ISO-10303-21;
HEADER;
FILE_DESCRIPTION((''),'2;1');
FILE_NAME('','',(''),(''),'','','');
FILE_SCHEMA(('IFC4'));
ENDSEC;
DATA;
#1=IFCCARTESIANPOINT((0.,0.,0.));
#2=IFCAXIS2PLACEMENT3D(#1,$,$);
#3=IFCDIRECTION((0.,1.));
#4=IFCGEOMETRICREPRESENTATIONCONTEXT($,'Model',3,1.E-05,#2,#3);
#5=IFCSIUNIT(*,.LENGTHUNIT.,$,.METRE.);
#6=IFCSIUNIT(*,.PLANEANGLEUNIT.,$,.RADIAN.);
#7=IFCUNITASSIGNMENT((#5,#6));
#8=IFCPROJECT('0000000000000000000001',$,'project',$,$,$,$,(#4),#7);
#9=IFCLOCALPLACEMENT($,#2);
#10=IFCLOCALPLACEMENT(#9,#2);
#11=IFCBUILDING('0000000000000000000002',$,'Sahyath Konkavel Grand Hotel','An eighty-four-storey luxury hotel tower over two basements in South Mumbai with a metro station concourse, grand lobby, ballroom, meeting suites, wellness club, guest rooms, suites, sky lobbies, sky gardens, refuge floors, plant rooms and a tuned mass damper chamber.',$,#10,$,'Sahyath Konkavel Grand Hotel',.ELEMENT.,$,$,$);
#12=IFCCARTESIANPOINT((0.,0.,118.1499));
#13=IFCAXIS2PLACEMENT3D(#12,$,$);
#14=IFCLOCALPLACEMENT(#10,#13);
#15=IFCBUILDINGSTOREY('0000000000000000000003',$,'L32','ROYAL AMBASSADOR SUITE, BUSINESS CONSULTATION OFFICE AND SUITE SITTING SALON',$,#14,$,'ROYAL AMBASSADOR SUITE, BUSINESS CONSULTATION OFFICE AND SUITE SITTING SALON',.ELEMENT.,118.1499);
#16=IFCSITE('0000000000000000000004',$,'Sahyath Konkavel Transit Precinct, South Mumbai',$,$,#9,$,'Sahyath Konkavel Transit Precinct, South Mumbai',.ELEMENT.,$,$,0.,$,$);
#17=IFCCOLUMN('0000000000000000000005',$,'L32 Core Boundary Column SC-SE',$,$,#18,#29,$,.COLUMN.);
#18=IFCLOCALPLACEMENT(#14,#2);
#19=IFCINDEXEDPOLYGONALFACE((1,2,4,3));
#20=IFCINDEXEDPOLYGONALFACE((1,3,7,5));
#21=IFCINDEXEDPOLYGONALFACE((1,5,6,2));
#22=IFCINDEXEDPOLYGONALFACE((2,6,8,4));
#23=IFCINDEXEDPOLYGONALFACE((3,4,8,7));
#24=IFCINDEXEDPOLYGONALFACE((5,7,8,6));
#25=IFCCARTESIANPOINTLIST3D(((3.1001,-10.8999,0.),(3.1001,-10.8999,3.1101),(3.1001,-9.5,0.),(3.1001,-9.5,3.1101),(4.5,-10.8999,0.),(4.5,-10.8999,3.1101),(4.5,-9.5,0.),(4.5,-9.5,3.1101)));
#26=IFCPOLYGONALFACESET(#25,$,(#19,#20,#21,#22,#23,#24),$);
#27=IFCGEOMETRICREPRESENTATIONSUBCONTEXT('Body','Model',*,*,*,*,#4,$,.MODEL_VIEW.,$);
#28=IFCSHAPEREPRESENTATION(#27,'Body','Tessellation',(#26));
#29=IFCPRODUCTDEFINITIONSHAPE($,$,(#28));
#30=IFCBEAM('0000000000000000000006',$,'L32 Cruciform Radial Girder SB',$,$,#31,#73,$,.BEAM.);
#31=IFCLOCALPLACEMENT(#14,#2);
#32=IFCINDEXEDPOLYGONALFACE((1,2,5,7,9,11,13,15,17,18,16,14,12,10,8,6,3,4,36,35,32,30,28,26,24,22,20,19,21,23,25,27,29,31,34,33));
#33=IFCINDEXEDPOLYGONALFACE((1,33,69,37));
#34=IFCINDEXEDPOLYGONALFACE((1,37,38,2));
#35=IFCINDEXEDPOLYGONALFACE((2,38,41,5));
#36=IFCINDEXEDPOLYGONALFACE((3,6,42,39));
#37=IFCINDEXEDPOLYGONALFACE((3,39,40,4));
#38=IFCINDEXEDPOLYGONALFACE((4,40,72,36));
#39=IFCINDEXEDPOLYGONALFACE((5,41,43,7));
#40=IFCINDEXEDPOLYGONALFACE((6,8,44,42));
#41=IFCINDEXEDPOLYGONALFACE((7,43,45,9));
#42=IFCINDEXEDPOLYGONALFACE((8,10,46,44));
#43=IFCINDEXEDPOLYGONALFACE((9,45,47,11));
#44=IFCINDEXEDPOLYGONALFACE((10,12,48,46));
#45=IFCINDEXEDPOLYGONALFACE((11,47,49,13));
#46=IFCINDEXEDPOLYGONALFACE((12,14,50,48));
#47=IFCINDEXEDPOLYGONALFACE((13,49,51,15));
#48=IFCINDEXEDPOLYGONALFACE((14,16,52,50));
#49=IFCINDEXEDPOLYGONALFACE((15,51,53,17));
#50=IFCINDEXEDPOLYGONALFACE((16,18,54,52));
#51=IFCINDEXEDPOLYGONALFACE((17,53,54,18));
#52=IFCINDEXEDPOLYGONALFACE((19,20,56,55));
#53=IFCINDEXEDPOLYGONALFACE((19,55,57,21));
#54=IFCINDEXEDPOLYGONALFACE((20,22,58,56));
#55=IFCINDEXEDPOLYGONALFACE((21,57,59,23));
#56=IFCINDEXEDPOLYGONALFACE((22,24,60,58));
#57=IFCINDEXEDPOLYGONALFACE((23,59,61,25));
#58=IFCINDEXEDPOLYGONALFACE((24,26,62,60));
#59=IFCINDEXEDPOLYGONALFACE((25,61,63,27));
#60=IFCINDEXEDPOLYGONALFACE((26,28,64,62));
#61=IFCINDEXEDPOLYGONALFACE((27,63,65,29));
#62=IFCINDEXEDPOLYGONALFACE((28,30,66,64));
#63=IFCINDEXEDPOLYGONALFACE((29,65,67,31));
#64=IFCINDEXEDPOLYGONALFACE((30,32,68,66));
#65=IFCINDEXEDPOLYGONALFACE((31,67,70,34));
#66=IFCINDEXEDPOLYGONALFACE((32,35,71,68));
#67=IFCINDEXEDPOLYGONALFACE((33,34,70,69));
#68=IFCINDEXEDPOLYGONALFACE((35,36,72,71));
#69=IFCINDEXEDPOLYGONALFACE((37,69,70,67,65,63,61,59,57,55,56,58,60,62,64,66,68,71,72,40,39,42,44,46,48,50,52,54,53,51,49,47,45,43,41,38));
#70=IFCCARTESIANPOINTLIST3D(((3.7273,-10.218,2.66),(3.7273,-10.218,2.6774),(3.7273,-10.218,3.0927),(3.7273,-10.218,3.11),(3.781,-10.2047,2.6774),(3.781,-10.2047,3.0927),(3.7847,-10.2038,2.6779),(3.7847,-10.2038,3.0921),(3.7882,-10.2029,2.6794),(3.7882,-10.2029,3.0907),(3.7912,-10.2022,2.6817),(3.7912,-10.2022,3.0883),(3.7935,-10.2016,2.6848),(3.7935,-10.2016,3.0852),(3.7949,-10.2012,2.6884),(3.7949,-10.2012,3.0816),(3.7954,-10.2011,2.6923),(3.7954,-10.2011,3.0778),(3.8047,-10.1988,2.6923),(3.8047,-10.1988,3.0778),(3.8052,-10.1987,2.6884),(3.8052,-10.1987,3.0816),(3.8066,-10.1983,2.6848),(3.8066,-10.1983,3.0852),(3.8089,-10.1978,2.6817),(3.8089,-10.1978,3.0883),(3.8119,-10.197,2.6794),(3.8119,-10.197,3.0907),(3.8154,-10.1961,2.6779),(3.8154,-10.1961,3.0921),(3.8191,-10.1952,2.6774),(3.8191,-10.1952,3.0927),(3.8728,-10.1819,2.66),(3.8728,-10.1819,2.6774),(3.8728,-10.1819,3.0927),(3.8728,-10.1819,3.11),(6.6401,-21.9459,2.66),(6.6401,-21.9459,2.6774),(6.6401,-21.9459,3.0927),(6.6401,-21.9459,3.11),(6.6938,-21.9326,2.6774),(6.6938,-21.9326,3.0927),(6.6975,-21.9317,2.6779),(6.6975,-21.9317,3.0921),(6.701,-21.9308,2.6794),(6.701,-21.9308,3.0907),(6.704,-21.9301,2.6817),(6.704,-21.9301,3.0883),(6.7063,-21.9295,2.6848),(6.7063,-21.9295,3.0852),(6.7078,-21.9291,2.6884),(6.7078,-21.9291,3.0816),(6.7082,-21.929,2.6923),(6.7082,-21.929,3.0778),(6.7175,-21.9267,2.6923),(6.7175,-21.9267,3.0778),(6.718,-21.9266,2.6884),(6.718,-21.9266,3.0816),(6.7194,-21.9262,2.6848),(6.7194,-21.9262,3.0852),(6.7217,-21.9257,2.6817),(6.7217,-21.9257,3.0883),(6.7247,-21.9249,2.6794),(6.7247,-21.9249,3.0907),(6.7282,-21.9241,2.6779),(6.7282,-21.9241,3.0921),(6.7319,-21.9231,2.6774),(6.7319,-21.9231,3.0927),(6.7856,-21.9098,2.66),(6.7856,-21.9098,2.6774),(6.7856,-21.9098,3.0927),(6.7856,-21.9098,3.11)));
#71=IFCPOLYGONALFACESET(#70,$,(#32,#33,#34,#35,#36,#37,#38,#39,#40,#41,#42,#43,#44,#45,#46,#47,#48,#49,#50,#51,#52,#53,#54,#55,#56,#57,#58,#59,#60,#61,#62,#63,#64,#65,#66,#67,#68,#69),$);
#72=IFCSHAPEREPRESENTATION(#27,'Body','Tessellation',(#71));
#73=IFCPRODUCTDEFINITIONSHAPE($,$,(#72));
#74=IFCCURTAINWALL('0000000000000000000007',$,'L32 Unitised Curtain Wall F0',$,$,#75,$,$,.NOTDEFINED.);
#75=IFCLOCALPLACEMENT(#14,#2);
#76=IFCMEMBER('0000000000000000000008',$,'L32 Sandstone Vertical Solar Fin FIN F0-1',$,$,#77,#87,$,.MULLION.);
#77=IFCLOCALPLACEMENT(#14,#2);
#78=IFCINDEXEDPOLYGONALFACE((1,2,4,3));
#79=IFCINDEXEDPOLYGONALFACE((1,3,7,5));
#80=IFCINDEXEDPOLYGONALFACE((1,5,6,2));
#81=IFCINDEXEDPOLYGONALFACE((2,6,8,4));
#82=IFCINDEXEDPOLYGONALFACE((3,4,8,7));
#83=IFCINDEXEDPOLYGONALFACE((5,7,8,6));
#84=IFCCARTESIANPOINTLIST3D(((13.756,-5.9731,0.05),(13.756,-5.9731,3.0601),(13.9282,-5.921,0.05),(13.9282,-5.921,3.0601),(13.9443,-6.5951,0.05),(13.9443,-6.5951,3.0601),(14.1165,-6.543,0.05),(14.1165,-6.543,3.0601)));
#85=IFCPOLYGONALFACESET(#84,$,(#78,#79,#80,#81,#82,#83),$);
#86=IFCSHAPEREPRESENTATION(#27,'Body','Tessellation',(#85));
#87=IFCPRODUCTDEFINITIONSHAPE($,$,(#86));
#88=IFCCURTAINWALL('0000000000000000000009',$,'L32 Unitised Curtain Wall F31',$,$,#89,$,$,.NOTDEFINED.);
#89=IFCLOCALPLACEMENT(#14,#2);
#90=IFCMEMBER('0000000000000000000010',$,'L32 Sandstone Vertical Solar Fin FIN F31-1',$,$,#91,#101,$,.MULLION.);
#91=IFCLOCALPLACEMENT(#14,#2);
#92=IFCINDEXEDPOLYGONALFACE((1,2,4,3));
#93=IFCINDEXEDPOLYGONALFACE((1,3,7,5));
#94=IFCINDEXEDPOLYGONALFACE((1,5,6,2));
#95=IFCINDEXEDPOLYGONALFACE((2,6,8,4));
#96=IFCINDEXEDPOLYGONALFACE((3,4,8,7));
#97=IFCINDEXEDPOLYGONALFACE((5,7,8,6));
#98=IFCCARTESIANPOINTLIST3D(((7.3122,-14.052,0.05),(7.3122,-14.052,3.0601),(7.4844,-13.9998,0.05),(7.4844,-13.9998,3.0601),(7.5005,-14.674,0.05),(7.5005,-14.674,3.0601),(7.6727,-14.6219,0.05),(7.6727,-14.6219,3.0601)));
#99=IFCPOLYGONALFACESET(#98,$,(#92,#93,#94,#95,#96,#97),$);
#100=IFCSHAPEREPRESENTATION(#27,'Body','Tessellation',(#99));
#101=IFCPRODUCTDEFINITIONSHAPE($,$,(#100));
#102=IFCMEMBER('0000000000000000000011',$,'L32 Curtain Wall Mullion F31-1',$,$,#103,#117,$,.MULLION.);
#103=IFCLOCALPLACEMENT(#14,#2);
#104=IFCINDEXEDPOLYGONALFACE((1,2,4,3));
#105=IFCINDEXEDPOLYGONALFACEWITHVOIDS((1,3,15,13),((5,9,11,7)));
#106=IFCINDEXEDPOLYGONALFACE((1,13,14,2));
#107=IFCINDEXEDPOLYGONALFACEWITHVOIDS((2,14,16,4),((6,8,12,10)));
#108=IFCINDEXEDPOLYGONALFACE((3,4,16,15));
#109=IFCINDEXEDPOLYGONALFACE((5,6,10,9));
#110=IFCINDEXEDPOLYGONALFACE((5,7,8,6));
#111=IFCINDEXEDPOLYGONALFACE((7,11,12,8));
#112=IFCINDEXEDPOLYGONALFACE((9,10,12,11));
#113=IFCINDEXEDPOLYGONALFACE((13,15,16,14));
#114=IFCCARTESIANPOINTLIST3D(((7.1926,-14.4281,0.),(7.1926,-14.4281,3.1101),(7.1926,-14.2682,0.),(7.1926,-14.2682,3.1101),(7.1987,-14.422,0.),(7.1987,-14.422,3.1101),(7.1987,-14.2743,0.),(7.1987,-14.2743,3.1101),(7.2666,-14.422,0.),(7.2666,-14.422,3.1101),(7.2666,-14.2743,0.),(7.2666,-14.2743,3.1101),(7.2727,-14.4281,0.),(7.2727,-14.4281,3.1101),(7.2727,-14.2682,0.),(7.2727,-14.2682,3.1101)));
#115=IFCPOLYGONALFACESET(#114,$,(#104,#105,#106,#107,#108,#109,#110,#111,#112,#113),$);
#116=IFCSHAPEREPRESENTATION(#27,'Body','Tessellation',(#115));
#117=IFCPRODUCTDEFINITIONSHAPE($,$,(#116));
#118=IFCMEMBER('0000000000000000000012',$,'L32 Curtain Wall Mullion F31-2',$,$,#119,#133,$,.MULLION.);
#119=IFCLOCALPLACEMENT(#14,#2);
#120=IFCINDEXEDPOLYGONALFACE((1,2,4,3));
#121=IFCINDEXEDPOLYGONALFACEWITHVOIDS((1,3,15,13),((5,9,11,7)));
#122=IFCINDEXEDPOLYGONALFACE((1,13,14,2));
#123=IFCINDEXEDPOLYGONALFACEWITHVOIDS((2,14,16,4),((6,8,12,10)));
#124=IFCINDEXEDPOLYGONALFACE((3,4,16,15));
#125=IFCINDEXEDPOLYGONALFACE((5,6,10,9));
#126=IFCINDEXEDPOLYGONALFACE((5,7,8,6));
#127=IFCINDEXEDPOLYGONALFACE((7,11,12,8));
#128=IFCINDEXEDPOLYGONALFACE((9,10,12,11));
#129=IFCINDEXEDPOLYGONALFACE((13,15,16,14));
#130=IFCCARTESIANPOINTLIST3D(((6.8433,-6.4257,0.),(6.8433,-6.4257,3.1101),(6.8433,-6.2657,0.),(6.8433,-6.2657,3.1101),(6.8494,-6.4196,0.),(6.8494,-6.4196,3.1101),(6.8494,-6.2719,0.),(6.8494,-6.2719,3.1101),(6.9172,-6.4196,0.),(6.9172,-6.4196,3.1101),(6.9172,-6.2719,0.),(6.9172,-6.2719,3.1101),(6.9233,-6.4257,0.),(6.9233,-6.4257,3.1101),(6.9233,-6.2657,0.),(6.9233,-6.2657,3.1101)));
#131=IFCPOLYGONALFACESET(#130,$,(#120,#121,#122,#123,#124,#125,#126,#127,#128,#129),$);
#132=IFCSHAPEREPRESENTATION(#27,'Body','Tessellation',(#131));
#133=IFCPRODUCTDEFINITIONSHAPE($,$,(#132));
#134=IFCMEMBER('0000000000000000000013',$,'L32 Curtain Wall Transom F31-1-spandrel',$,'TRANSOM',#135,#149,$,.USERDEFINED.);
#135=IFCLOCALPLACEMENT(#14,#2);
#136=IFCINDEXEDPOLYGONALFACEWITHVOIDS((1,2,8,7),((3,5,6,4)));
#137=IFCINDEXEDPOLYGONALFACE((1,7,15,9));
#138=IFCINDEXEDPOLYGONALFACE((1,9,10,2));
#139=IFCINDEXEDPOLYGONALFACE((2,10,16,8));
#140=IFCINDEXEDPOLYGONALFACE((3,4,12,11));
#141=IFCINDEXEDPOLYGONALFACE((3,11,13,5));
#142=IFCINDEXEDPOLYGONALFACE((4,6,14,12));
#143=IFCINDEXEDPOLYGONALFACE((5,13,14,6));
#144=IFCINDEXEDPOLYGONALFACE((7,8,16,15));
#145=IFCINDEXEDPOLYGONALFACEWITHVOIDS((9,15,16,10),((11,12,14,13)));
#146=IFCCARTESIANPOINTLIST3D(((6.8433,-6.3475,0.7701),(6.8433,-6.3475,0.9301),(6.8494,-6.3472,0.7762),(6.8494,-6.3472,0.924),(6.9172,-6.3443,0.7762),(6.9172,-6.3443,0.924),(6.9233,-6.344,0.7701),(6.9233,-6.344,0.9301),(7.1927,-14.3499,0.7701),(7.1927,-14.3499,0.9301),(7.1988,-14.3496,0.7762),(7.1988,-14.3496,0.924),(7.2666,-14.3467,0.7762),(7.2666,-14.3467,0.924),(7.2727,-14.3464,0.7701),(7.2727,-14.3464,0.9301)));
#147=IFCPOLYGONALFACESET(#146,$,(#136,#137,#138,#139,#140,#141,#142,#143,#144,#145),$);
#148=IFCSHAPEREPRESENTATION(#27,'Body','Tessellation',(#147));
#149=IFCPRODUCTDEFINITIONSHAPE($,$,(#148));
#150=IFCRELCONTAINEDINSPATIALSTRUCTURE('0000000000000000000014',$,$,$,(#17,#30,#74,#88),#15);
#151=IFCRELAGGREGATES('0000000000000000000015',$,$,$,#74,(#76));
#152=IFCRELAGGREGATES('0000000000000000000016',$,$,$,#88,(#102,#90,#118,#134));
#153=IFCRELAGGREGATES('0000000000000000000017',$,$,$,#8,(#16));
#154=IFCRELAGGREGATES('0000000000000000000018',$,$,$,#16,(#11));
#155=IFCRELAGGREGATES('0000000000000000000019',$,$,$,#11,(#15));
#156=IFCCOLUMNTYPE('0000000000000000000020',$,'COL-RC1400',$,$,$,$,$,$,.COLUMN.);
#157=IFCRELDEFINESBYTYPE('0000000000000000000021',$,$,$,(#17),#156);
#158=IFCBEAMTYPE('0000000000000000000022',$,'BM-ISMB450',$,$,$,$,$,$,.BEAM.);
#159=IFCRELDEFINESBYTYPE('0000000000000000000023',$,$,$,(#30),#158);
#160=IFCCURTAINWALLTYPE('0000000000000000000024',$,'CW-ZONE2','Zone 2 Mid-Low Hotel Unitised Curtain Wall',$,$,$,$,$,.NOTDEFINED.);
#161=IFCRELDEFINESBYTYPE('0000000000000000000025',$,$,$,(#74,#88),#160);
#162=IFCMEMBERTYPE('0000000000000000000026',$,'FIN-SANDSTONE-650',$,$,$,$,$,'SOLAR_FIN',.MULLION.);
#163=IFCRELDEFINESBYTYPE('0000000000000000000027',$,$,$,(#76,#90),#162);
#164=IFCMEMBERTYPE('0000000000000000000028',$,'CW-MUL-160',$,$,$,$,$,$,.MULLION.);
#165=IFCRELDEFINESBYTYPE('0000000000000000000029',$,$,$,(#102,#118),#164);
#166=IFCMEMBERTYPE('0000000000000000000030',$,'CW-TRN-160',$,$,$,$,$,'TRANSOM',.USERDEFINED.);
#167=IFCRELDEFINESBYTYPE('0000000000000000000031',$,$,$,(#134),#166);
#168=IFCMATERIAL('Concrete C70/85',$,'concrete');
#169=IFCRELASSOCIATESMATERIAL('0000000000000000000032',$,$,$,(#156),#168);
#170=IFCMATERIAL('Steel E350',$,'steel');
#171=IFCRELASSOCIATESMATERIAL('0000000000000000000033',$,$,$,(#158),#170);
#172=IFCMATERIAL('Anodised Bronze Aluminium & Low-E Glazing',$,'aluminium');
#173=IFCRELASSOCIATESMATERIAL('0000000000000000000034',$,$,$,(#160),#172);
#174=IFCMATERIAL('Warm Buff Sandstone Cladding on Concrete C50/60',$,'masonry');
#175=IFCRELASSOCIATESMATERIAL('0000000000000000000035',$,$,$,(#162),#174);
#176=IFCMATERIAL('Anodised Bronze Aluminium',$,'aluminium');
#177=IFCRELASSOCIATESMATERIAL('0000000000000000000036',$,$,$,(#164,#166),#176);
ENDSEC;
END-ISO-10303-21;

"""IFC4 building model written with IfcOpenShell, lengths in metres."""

from ifc_helpers import new_model, si_unit, direction, frame, origin, origin_2d, place, context, subcontext, project, spatial, rectangle, hollow_rectangle, i_section, extrude, source, transform, mapped, material, material_profile, profile_set, type_object, element, aggregate, save


model = new_model("IFC4")

# Units and contexts
model_context = context("Model", 3, precision=1e-05, world=origin(), true_north=direction((0.0, 1.0)))
body_context = subcontext(model_context, "Body", "Model", "MODEL_VIEW")
ifc_project = project(units=[si_unit("LENGTHUNIT", "METRE"), si_unit("PLANEANGLEUNIT", "RADIAN")], contexts=[model_context])

# Site, building, storey
site_placement = place(None, origin())
site = spatial("IfcSite", under=ifc_project, at=site_placement, Name="Sahyath Konkavel Transit Precinct, South Mumbai", LongName="Sahyath Konkavel Transit Precinct, South Mumbai", CompositionType="ELEMENT", RefElevation=0.0)
building_placement = place(site_placement, origin())
building = spatial("IfcBuilding", under=site, at=building_placement, Name="Sahyath Konkavel Grand Hotel", Description="An eighty-four-storey luxury hotel tower over two basements in South Mumbai with a metro station concourse, grand lobby, ballroom, meeting suites, wellness club, guest rooms, suites, sky lobbies, sky gardens, refuge floors, plant rooms and a tuned mass damper chamber.", LongName="Sahyath Konkavel Grand Hotel", CompositionType="ELEMENT")
storey_placement = place(building_placement, frame((0.0, 0.0, 118.1499)))
storey = spatial("IfcBuildingStorey", under=building, at=storey_placement, Name="L32", Description="ROYAL AMBASSADOR SUITE, BUSINESS CONSULTATION OFFICE AND SUITE SITTING SALON", LongName="ROYAL AMBASSADOR SUITE, BUSINESS CONSULTATION OFFICE AND SUITE SITTING SALON", CompositionType="ELEMENT", Elevation=118.1499)

# Column
ifc_material_1 = material(Name="Concrete C70/85", Category="concrete")
ifc_material_profile_1 = material_profile(ifc_material_1, rectangle(XDim=1.3999, YDim=1.3999, at=origin_2d()), Name="RC 1400x1400")
ifc_profile_set_1 = profile_set([ifc_material_profile_1], Name="Concrete C70/85")
column_type = type_object("IfcColumnType", Name="COL-RC1400", PredefinedType="COLUMN", material=ifc_profile_set_1)
shared_shape_1 = source(origin(), body_context, "Body", "SweptSolid", [
    extrude(rectangle(XDim=1.3999, YDim=1.3999, at=origin_2d()), origin(), (0.0, 0.0, 1.0), 3.1101),
])
column_placement = place(storey_placement, frame((3.8, -10.2, 0.0), z_axis=(0.0, 0.0, 1.0), x_axis=(1.0, 0.0, 0.0)))
element("IfcColumn", 1, at=column_placement, inside=storey, type_object=column_type, Name="L32 Core Boundary Column SC-SE", PredefinedType="COLUMN", context=body_context, shape_type="MappedRepresentation", body=[
    mapped(shared_shape_1, transform((0.0, 0.0, 0.0), scale=1.0)),
])

# Beam
ifc_material_2 = material(Name="Steel E350", Category="steel")
ifc_material_profile_2 = material_profile(ifc_material_2, i_section(OverallWidth=0.1499, OverallDepth=0.45, WebThickness=0.0095, FlangeThickness=0.0173, FilletRadius=0.0149, at=origin_2d()), Name="ISMB 450")
ifc_profile_set_2 = profile_set([ifc_material_profile_2], Name="Steel E350")
beam_type_1 = type_object("IfcBeamType", Name="BM-ISMB450", PredefinedType="BEAM", material=ifc_profile_set_2)
shared_shape_2 = source(origin(), body_context, "Body", "SweptSolid", [
    extrude(i_section(OverallWidth=0.1499, OverallDepth=0.45, WebThickness=0.0095, FlangeThickness=0.0173, FilletRadius=0.0149, at=origin_2d()), origin(), (0.0, 0.0, 1.0), 12.0842),
])
beam_1_placement = place(storey_placement, frame((3.8, -10.2, 2.885), z_axis=(0.241043, -0.970515, 0.0), x_axis=(0.970515, 0.241043, 0.0)))
element("IfcBeam", 2, at=beam_1_placement, inside=storey, type_object=beam_type_1, Name="L32 Cruciform Radial Girder SB", PredefinedType="BEAM", context=body_context, shape_type="MappedRepresentation", body=[
    mapped(shared_shape_2, transform((0.0, 0.0, 0.0), scale=1.0)),
])

# Curtain wall, member
ifc_material_3 = material(Name="Anodised Bronze Aluminium & Low-E Glazing", Category="aluminium")
curtain_wall_type = type_object("IfcCurtainWallType", Name="CW-ZONE2", Description="Zone 2 Mid-Low Hotel Unitised Curtain Wall", PredefinedType="NOTDEFINED", material=ifc_material_3)
curtain_wall_1_placement = place(storey_placement, origin())
curtain_wall_1 = element("IfcCurtainWall", 3, at=curtain_wall_1_placement, inside=storey, type_object=curtain_wall_type, Name="L32 Unitised Curtain Wall F0", PredefinedType="NOTDEFINED")
ifc_material_4 = material(Name="Warm Buff Sandstone Cladding on Concrete C50/60", Category="masonry")
ifc_material_profile_3 = material_profile(ifc_material_4, rectangle(XDim=0.1799, YDim=0.6499, at=origin_2d()), Name="FIN 180x650")
ifc_profile_set_3 = profile_set([ifc_material_profile_3], Name="Warm Buff Sandstone Cladding on Concrete C50/60")
member_type_1 = type_object("IfcMemberType", Name="FIN-SANDSTONE-650", ElementType="SOLAR_FIN", PredefinedType="MULLION", material=ifc_profile_set_3)
shared_shape_3 = source(origin(), body_context, "Body", "SweptSolid", [
    extrude(rectangle(XDim=0.1799, YDim=0.6499, at=origin_2d()), origin(), (0.0, 0.0, 1.0), 3.01),
])
member_1_placement = place(storey_placement, frame((13.9363, -6.2581, 0.05), z_axis=(0.0, 0.0, 1.0), x_axis=(0.957117, 0.2897, 0.0)))
member_1 = element("IfcMember", 4, at=member_1_placement, type_object=member_type_1, Name="L32 Sandstone Vertical Solar Fin FIN F0-1", PredefinedType="MULLION", context=body_context, shape_type="MappedRepresentation", body=[
    mapped(shared_shape_3, transform((0.0, 0.0, 0.0), scale=1.0)),
])
aggregate(curtain_wall_1, [member_1])

# Curtain wall, members
curtain_wall_2_placement = place(storey_placement, origin())
curtain_wall_2 = element("IfcCurtainWall", 5, at=curtain_wall_2_placement, inside=storey, type_object=curtain_wall_type, Name="L32 Unitised Curtain Wall F31", PredefinedType="NOTDEFINED")
member_2_placement = place(storey_placement, frame((7.4924, -14.3369, 0.05), z_axis=(0.0, 0.0, 1.0), x_axis=(0.957117, 0.2897, 0.0)))
member_2 = element("IfcMember", 6, at=member_2_placement, type_object=member_type_1, Name="L32 Sandstone Vertical Solar Fin FIN F31-1", PredefinedType="MULLION", context=body_context, shape_type="MappedRepresentation", body=[
    mapped(shared_shape_3, transform((0.0, 0.0, 0.0), scale=1.0)),
])
ifc_material_5 = material(Name="Anodised Bronze Aluminium", Category="aluminium")
ifc_material_profile_4 = material_profile(ifc_material_5, hollow_rectangle(XDim=0.0801, YDim=0.1599, WallThickness=0.0061, at=origin_2d()), Name="RHS 160x80x6")
ifc_profile_set_4 = profile_set([ifc_material_profile_4], Name="Anodised Bronze Aluminium")
member_type_2 = type_object("IfcMemberType", Name="CW-MUL-160", PredefinedType="MULLION", material=ifc_profile_set_4)
shared_shape_4 = source(origin(), body_context, "Body", "SweptSolid", [
    extrude(hollow_rectangle(XDim=0.0801, YDim=0.1599, WallThickness=0.0061, at=origin_2d()), origin(), (0.0, 0.0, 1.0), 3.1101),
])
member_3_placement = place(storey_placement, frame((7.2327, -14.3481, 0.0), z_axis=(0.0, 0.0, 1.0), x_axis=(1.0, 0.0, 0.0)))
member_3 = element("IfcMember", 7, at=member_3_placement, type_object=member_type_2, Name="L32 Curtain Wall Mullion F31-1", PredefinedType="MULLION", context=body_context, shape_type="MappedRepresentation", body=[
    mapped(shared_shape_4, transform((0.0, 0.0, 0.0), scale=1.0)),
])
member_4_placement = place(storey_placement, frame((6.8833, -6.3457, 0.0), z_axis=(0.0, 0.0, 1.0), x_axis=(1.0, 0.0, 0.0)))
member_4 = element("IfcMember", 8, at=member_4_placement, type_object=member_type_2, Name="L32 Curtain Wall Mullion F31-2", PredefinedType="MULLION", context=body_context, shape_type="MappedRepresentation", body=[
    mapped(shared_shape_4, transform((0.0, 0.0, 0.0), scale=1.0)),
])
ifc_material_profile_5 = material_profile(ifc_material_5, hollow_rectangle(XDim=0.0801, YDim=0.1599, WallThickness=0.0061, at=origin_2d()), Name="RHS 160x80x6")
ifc_profile_set_5 = profile_set([ifc_material_profile_5], Name="Anodised Bronze Aluminium")
member_type_3 = type_object("IfcMemberType", Name="CW-TRN-160", ElementType="TRANSOM", PredefinedType="USERDEFINED", material=ifc_profile_set_5)
shared_shape_5 = source(origin(), body_context, "Body", "SweptSolid", [
    extrude(hollow_rectangle(XDim=0.0801, YDim=0.1599, WallThickness=0.0061, at=origin_2d()), origin(), (0.0, 0.0, 1.0), 8.01),
])
member_5_placement = place(storey_placement, frame((7.2327, -14.3481, 0.8501), z_axis=(-0.043616, 0.999048, 0.0), x_axis=(-0.999048, -0.043616, 0.0)))
member_5 = element("IfcMember", 9, at=member_5_placement, type_object=member_type_3, Name="L32 Curtain Wall Transom F31-1-spandrel", ObjectType="TRANSOM", PredefinedType="USERDEFINED", context=body_context, shape_type="MappedRepresentation", body=[
    mapped(shared_shape_5, transform((0.0, 0.0, 0.0), scale=1.0)),
])

aggregate(curtain_wall_2, [member_3, member_2, member_4, member_5])

save(model, "model.ifc")
